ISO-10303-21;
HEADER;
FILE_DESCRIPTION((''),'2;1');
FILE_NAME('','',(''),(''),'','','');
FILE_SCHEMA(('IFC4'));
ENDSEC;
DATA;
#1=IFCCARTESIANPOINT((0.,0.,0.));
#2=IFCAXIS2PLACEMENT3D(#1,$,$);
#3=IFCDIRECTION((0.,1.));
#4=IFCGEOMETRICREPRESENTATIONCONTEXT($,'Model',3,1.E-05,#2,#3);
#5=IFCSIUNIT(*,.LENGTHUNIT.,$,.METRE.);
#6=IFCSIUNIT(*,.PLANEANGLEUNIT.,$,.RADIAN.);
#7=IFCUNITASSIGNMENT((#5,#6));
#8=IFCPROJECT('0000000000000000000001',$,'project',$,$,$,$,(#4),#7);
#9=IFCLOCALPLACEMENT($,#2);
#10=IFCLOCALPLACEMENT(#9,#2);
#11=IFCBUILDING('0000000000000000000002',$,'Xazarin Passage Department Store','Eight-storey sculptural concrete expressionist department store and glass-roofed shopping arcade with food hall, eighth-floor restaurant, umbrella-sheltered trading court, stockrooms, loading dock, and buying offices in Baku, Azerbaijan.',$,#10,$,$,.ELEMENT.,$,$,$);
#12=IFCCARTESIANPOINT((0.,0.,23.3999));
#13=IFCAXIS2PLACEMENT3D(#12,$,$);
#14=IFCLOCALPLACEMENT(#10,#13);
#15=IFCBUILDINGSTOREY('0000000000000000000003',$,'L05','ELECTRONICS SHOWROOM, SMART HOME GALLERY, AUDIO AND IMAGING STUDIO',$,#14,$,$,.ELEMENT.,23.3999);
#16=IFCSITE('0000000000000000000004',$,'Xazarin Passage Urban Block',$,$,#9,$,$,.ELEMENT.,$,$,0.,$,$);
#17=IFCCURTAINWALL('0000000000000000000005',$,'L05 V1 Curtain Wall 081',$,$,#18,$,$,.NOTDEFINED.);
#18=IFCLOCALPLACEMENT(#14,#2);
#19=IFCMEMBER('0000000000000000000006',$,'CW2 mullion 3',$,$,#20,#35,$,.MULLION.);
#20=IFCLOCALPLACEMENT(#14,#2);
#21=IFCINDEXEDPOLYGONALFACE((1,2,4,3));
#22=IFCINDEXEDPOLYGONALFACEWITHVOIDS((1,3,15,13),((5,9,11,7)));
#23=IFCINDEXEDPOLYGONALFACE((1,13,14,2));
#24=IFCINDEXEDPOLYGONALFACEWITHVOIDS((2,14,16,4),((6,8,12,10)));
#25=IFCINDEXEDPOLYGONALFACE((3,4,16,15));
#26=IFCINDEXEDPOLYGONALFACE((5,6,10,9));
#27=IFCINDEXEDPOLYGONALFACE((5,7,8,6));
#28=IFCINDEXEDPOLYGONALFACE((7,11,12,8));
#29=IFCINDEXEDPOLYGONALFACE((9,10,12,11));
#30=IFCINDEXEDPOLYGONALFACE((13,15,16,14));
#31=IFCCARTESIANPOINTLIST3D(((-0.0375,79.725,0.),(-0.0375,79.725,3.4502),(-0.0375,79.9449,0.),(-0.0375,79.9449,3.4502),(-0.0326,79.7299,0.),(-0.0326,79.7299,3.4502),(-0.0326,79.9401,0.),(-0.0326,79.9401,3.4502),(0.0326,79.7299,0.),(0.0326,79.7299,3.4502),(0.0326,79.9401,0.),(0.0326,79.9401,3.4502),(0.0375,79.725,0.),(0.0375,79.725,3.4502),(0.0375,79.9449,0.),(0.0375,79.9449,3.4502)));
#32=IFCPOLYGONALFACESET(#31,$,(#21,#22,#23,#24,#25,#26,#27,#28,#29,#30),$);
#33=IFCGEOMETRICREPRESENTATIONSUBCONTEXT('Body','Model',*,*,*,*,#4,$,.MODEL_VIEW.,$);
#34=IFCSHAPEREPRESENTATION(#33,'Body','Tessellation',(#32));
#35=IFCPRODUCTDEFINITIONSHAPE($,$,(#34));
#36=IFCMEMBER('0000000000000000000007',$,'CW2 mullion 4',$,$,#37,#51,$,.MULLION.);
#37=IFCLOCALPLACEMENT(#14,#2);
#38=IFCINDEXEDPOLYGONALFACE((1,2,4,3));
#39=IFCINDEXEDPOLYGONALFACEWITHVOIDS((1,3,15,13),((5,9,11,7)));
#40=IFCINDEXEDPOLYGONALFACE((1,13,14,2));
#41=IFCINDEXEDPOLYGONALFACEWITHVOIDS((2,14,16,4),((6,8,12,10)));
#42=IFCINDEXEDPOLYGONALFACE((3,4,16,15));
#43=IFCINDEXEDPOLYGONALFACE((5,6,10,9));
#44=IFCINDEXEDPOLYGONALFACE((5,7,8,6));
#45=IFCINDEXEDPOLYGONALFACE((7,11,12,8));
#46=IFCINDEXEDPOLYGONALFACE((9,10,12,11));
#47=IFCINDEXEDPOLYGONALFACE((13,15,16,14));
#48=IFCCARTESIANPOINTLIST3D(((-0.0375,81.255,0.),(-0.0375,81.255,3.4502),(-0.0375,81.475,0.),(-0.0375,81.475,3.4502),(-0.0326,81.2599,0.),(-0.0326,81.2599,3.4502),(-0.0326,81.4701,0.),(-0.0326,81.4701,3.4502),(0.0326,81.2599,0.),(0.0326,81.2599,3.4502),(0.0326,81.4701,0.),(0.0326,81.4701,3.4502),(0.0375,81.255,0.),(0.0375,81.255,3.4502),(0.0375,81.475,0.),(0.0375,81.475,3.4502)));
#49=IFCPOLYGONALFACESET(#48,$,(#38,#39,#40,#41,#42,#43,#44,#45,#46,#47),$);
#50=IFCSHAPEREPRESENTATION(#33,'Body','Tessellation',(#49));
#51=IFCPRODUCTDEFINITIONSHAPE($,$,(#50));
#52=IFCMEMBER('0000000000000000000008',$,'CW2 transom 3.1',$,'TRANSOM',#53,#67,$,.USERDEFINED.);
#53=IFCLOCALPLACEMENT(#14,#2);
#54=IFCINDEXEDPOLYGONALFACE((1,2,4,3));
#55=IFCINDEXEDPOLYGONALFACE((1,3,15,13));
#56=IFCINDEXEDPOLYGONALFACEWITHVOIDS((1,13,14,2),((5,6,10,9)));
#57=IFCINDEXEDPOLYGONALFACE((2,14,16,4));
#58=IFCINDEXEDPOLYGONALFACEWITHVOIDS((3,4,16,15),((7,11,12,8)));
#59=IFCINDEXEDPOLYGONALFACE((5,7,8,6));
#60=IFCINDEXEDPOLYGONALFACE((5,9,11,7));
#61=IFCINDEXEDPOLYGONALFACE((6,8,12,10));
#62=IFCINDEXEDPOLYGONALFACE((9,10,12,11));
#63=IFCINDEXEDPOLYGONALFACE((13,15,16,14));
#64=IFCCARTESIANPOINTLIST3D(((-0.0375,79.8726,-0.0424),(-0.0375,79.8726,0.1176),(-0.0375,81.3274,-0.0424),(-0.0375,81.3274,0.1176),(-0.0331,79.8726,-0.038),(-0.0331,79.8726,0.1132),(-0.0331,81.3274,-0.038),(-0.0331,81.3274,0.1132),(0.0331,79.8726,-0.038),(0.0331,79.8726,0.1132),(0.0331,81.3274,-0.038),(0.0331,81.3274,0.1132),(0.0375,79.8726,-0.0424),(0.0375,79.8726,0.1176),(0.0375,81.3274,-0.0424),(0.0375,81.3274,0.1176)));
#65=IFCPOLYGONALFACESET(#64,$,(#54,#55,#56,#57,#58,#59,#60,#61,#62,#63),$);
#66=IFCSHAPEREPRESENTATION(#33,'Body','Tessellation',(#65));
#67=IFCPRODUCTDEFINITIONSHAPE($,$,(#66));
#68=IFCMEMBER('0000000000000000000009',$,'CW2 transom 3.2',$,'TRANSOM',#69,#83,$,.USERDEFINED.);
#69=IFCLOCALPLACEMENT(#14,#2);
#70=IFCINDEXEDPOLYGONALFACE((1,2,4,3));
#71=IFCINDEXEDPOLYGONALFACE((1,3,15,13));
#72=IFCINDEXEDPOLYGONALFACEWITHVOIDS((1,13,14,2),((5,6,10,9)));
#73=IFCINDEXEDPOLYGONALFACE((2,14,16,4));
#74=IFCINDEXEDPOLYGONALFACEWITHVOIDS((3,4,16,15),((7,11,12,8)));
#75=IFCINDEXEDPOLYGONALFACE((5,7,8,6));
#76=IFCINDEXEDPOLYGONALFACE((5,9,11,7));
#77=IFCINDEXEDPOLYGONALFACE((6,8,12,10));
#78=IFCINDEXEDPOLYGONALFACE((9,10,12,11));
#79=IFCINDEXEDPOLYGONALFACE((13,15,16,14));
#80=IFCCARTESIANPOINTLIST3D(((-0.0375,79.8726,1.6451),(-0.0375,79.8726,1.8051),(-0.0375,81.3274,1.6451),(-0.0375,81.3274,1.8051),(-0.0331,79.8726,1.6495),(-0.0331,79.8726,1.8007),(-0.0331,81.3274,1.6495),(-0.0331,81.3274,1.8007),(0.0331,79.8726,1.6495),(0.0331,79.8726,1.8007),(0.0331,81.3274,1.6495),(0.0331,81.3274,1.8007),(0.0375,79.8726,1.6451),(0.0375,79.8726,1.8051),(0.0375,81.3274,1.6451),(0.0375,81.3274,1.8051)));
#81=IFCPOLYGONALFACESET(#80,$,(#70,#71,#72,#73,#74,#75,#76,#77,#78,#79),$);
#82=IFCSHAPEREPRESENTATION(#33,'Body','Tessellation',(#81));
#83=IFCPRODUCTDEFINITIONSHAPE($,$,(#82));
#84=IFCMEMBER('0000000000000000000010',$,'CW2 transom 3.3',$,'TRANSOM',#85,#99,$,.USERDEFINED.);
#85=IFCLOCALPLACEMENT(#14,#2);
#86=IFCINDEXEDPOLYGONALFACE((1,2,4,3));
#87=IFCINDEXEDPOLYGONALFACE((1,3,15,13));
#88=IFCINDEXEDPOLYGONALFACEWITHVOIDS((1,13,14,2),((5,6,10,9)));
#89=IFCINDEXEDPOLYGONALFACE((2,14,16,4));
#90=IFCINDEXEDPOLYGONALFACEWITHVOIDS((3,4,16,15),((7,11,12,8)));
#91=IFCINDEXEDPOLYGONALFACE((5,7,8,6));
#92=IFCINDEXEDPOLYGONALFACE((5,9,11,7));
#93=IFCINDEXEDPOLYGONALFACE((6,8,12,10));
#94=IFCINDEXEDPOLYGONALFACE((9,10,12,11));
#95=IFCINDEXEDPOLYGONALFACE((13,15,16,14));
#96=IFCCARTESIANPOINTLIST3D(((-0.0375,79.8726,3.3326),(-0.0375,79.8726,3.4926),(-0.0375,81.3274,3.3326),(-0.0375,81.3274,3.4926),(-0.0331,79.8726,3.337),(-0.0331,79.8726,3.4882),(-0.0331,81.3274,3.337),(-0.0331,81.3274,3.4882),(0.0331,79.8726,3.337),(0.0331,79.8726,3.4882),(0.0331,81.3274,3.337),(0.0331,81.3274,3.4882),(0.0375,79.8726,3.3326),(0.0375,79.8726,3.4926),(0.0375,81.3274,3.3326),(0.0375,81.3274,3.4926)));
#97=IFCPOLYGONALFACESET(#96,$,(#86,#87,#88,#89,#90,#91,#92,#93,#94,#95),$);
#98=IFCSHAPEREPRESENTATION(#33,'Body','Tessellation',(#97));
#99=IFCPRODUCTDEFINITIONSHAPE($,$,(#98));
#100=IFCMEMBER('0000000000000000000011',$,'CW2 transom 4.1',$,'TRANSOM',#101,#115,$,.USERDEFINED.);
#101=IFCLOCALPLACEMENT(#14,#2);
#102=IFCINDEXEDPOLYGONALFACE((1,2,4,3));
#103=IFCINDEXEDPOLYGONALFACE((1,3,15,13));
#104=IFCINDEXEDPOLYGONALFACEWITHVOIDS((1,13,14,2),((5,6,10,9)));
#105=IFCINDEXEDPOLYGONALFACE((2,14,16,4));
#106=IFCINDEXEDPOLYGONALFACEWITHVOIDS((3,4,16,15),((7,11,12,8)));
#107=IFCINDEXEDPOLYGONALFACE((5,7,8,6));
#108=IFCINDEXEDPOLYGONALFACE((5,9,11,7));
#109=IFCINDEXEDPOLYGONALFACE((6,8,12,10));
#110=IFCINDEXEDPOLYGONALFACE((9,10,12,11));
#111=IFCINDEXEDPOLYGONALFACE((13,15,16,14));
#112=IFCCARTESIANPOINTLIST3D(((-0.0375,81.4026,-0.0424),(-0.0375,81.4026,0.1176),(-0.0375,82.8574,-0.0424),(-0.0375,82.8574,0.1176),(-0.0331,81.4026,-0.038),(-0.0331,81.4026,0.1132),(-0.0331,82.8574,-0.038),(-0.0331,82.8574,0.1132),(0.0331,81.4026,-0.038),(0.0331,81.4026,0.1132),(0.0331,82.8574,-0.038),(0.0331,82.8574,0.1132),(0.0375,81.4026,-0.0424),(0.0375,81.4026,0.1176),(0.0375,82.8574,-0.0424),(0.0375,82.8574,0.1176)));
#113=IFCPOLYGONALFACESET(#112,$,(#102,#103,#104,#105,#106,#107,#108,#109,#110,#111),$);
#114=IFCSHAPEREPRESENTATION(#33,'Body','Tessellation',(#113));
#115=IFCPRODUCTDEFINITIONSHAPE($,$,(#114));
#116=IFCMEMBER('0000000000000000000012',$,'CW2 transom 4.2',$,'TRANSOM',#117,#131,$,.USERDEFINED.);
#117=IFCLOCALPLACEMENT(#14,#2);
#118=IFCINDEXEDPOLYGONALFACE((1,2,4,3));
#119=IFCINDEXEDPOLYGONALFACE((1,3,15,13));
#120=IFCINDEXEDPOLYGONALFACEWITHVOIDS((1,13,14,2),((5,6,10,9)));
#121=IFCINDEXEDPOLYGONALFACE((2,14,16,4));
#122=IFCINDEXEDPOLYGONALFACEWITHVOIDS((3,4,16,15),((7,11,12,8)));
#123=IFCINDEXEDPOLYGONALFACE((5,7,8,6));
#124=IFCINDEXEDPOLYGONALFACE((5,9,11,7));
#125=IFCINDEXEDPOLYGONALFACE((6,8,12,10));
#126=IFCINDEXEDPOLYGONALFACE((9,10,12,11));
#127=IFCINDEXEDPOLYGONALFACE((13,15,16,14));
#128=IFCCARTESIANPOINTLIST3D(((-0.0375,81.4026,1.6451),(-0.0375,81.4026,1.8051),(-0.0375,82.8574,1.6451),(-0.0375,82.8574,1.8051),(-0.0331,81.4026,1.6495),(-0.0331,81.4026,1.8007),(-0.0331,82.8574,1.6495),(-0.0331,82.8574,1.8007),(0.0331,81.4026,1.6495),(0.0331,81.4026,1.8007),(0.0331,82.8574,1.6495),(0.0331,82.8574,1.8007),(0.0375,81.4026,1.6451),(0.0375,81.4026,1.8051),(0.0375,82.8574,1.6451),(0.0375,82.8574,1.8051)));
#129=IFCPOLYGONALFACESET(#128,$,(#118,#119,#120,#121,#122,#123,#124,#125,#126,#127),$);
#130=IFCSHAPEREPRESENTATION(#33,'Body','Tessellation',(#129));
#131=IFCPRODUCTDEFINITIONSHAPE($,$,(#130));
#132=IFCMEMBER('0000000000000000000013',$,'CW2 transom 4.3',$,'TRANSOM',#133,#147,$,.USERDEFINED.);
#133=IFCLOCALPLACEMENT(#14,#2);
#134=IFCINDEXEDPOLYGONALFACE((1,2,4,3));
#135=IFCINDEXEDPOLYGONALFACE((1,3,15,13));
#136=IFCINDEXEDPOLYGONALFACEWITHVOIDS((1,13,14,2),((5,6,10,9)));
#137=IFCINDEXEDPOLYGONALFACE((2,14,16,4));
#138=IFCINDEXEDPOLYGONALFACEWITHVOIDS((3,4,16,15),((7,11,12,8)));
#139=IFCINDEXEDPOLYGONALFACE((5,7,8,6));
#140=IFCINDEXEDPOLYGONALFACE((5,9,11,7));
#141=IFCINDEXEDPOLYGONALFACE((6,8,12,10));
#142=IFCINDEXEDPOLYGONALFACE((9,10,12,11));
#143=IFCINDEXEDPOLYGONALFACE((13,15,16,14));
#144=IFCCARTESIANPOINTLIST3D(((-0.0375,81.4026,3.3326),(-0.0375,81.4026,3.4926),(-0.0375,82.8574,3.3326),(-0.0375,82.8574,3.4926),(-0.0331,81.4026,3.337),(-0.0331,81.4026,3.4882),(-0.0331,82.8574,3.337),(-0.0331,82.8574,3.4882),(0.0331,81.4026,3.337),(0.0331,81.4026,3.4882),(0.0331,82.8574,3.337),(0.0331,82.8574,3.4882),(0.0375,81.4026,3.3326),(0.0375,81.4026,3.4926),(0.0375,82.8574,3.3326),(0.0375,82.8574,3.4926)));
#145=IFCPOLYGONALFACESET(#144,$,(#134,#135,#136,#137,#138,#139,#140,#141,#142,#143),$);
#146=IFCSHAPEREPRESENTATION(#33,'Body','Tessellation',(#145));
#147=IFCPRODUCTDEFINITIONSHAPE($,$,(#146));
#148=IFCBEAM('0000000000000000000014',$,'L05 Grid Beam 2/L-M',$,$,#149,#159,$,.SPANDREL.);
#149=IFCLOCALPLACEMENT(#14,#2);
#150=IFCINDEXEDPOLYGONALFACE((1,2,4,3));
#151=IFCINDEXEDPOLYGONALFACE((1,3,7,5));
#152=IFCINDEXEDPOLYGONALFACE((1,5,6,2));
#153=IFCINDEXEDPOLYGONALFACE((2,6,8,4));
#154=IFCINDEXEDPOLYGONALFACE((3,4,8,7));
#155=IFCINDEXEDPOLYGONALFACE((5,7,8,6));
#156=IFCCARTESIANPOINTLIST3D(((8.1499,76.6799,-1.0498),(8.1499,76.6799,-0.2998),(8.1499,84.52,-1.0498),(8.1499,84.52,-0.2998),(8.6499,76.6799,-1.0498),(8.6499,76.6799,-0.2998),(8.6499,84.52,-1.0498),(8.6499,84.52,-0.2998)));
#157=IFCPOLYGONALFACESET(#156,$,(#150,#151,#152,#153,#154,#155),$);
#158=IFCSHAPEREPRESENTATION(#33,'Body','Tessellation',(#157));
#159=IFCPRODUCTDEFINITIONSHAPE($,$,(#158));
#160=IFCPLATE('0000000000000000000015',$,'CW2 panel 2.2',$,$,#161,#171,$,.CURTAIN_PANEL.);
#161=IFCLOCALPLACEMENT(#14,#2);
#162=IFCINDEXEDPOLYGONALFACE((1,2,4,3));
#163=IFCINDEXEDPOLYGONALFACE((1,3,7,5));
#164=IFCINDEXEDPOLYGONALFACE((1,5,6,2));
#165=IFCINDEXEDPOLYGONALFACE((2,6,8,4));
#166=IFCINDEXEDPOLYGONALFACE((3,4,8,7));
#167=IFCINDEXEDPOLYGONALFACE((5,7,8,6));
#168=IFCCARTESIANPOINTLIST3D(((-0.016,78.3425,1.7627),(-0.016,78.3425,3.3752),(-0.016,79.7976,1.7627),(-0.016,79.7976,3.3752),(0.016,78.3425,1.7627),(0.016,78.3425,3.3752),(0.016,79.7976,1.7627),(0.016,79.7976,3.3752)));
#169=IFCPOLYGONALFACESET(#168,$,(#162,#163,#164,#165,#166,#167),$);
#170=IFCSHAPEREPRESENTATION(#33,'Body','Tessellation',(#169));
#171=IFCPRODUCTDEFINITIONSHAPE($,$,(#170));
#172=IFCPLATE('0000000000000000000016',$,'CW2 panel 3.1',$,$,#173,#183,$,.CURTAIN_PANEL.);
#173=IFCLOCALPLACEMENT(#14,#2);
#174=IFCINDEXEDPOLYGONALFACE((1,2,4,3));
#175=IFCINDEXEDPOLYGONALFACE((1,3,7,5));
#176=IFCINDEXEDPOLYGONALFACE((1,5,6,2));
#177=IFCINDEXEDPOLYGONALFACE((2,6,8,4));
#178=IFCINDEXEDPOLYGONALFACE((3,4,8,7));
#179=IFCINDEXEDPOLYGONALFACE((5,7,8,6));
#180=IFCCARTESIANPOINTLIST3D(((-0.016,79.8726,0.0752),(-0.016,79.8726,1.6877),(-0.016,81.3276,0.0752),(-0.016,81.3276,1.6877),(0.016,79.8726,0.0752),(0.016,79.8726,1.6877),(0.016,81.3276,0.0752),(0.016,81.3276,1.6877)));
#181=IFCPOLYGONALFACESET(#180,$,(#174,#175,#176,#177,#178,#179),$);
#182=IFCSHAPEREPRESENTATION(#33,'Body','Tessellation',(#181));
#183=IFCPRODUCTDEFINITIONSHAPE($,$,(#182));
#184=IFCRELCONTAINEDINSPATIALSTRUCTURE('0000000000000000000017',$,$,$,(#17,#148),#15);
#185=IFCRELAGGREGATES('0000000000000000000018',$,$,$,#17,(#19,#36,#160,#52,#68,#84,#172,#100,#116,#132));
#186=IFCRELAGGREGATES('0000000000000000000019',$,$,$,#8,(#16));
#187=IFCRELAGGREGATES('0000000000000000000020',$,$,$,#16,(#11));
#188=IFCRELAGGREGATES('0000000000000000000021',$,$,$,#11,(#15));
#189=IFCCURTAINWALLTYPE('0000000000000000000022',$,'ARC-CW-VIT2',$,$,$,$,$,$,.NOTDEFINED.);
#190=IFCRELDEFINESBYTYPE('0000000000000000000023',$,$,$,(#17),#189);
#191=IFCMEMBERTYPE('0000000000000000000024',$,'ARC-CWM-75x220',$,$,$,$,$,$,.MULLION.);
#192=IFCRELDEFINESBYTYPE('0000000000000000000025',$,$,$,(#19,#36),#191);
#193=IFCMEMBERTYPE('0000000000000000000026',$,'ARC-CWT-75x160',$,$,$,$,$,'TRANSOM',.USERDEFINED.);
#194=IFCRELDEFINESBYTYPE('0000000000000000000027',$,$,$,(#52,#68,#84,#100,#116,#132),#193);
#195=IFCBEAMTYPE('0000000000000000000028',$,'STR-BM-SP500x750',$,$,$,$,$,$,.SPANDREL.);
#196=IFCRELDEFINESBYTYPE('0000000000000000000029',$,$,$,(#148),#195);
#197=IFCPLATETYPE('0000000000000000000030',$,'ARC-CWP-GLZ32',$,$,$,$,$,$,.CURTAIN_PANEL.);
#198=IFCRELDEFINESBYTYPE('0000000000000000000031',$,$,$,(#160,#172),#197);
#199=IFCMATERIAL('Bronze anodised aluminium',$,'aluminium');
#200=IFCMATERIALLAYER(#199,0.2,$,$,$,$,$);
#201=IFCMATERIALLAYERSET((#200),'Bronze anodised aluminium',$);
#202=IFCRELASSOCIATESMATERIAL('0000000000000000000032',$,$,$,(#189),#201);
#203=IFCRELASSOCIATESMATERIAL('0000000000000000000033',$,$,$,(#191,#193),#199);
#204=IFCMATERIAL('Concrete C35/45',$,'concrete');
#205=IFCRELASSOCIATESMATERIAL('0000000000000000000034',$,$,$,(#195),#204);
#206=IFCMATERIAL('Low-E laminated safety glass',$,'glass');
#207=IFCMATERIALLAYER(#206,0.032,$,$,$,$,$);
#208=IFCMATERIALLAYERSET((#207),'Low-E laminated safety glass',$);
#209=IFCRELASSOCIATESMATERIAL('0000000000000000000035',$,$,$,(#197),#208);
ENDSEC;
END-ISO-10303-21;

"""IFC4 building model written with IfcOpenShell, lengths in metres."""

from ifc_helpers import new_model, si_unit, direction, frame, origin, origin_2d, place, context, subcontext, project, spatial, rectangle, hollow_rectangle, extrude, material, layer, layer_set, material_profile, profile_set, type_object, element, aggregate, save


model = new_model("IFC4")

# Units and contexts
model_context = context("Model", 3, precision=1e-05, world=origin(), true_north=direction((0.0, 1.0)))
body_context = subcontext(model_context, "Body", "Model", "MODEL_VIEW")
ifc_project = project(units=[si_unit("LENGTHUNIT", "METRE"), si_unit("PLANEANGLEUNIT", "RADIAN")], contexts=[model_context])

# Site, building, storey
site_placement = place(None, origin())
site = spatial("IfcSite", under=ifc_project, at=site_placement, Name="Xazarin Passage Urban Block", CompositionType="ELEMENT", RefElevation=0.0)
building_placement = place(site_placement, origin())
building = spatial("IfcBuilding", under=site, at=building_placement, Name="Xazarin Passage Department Store", Description="Eight-storey sculptural concrete expressionist department store and glass-roofed shopping arcade with food hall, eighth-floor restaurant, umbrella-sheltered trading court, stockrooms, loading dock, and buying offices in Baku, Azerbaijan.", CompositionType="ELEMENT")
storey_placement = place(building_placement, frame((0.0, 0.0, 23.3999)))
storey = spatial("IfcBuildingStorey", under=building, at=storey_placement, Name="L05", Description="ELECTRONICS SHOWROOM, SMART HOME GALLERY, AUDIO AND IMAGING STUDIO", CompositionType="ELEMENT", Elevation=23.3999)

# Curtain wall, members
ifc_material_1 = material(Name="Bronze anodised aluminium", Category="aluminium")
ifc_layer_1 = layer(ifc_material_1, 0.2)
ifc_layer_set_1 = layer_set([ifc_layer_1], Name="Bronze anodised aluminium")
curtain_wall_type = type_object("IfcCurtainWallType", Name="ARC-CW-VIT2", PredefinedType="NOTDEFINED", material=ifc_layer_set_1)
curtain_wall_placement = place(storey_placement, origin())
curtain_wall = element("IfcCurtainWall", 1, at=curtain_wall_placement, inside=storey, type_object=curtain_wall_type, Name="L05 V1 Curtain Wall 081", PredefinedType="NOTDEFINED")
ifc_material_profile_1 = material_profile(ifc_material_1, hollow_rectangle(XDim=0.075, YDim=0.22, WallThickness=0.0049, at=origin_2d()), Name="ALU 75x220")
ifc_profile_set_1 = profile_set([ifc_material_profile_1], Name="Bronze anodised aluminium")
member_type_1 = type_object("IfcMemberType", Name="ARC-CWM-75x220", PredefinedType="MULLION", material=ifc_profile_set_1)
member_1_placement = place(storey_placement, frame((0.0, 79.835, 0.0), z_axis=(0.0, 0.0, 1.0), x_axis=(-1.0, 0.0, 0.0)))
member_1 = element("IfcMember", 2, at=member_1_placement, type_object=member_type_1, Name="CW2 mullion 3", PredefinedType="MULLION", context=body_context, shape_type="SweptSolid", body=[
    extrude(hollow_rectangle(XDim=0.075, YDim=0.22, WallThickness=0.0049, at=origin_2d()), origin(), (0.0, 0.0, 1.0), 3.4502),
])
member_2_placement = place(storey_placement, frame((0.0, 81.365, 0.0), z_axis=(0.0, 0.0, 1.0), x_axis=(-1.0, 0.0, 0.0)))
member_2 = element("IfcMember", 3, at=member_2_placement, type_object=member_type_1, Name="CW2 mullion 4", PredefinedType="MULLION", context=body_context, shape_type="SweptSolid", body=[
    extrude(hollow_rectangle(XDim=0.075, YDim=0.22, WallThickness=0.0049, at=origin_2d()), origin(), (0.0, 0.0, 1.0), 3.4502),
])
ifc_material_profile_2 = material_profile(ifc_material_1, hollow_rectangle(XDim=0.075, YDim=0.1599, WallThickness=0.0044, at=origin_2d()), Name="ALU 75x160")
ifc_profile_set_2 = profile_set([ifc_material_profile_2], Name="Bronze anodised aluminium")
member_type_2 = type_object("IfcMemberType", Name="ARC-CWT-75x160", ElementType="TRANSOM", PredefinedType="USERDEFINED", material=ifc_profile_set_2)
member_3_placement = place(storey_placement, frame((0.0, 79.8726, 0.0376), z_axis=(0.0, 1.0, 0.0), x_axis=(-1.0, 0.0, 0.0)))
member_3 = element("IfcMember", 4, at=member_3_placement, type_object=member_type_2, Name="CW2 transom 3.1", ObjectType="TRANSOM", PredefinedType="USERDEFINED", context=body_context, shape_type="SweptSolid", body=[
    extrude(hollow_rectangle(XDim=0.075, YDim=0.1599, WallThickness=0.0044, at=origin_2d()), origin(), (0.0, 0.0, 1.0), 1.4548),
])
member_4_placement = place(storey_placement, frame((0.0, 79.8726, 1.7251), z_axis=(0.0, 1.0, 0.0), x_axis=(-1.0, 0.0, 0.0)))
member_4 = element("IfcMember", 5, at=member_4_placement, type_object=member_type_2, Name="CW2 transom 3.2", ObjectType="TRANSOM", PredefinedType="USERDEFINED", context=body_context, shape_type="SweptSolid", body=[
    extrude(hollow_rectangle(XDim=0.075, YDim=0.1599, WallThickness=0.0044, at=origin_2d()), origin(), (0.0, 0.0, 1.0), 1.4548),
])
member_5_placement = place(storey_placement, frame((0.0, 79.8726, 3.4126), z_axis=(0.0, 1.0, 0.0), x_axis=(-1.0, 0.0, 0.0)))
member_5 = element("IfcMember", 6, at=member_5_placement, type_object=member_type_2, Name="CW2 transom 3.3", ObjectType="TRANSOM", PredefinedType="USERDEFINED", context=body_context, shape_type="SweptSolid", body=[
    extrude(hollow_rectangle(XDim=0.075, YDim=0.1599, WallThickness=0.0044, at=origin_2d()), origin(), (0.0, 0.0, 1.0), 1.4548),
])
member_6_placement = place(storey_placement, frame((0.0, 81.4026, 0.0376), z_axis=(0.0, 1.0, 0.0), x_axis=(-1.0, 0.0, 0.0)))
member_6 = element("IfcMember", 7, at=member_6_placement, type_object=member_type_2, Name="CW2 transom 4.1", ObjectType="TRANSOM", PredefinedType="USERDEFINED", context=body_context, shape_type="SweptSolid", body=[
    extrude(hollow_rectangle(XDim=0.075, YDim=0.1599, WallThickness=0.0044, at=origin_2d()), origin(), (0.0, 0.0, 1.0), 1.4548),
])
member_7_placement = place(storey_placement, frame((0.0, 81.4026, 1.7251), z_axis=(0.0, 1.0, 0.0), x_axis=(-1.0, 0.0, 0.0)))
member_7 = element("IfcMember", 8, at=member_7_placement, type_object=member_type_2, Name="CW2 transom 4.2", ObjectType="TRANSOM", PredefinedType="USERDEFINED", context=body_context, shape_type="SweptSolid", body=[
    extrude(hollow_rectangle(XDim=0.075, YDim=0.1599, WallThickness=0.0044, at=origin_2d()), origin(), (0.0, 0.0, 1.0), 1.4548),
])
member_8_placement = place(storey_placement, frame((0.0, 81.4026, 3.4126), z_axis=(0.0, 1.0, 0.0), x_axis=(-1.0, 0.0, 0.0)))
member_8 = element("IfcMember", 9, at=member_8_placement, type_object=member_type_2, Name="CW2 transom 4.3", ObjectType="TRANSOM", PredefinedType="USERDEFINED", context=body_context, shape_type="SweptSolid", body=[
    extrude(hollow_rectangle(XDim=0.075, YDim=0.1599, WallThickness=0.0044, at=origin_2d()), origin(), (0.0, 0.0, 1.0), 1.4548),
])

# Beam
ifc_material_2 = material(Name="Concrete C35/45", Category="concrete")
ifc_material_profile_3 = material_profile(ifc_material_2, rectangle(XDim=0.5, YDim=0.75, at=origin_2d()), Name="RC 500x750")
ifc_profile_set_3 = profile_set([ifc_material_profile_3], Name="Concrete C35/45")
beam_type = type_object("IfcBeamType", Name="STR-BM-SP500x750", PredefinedType="SPANDREL", material=ifc_profile_set_3)
beam_placement = place(storey_placement, frame((8.3999, 76.6799, -0.6748), z_axis=(0.0, 1.0, 0.0), x_axis=(-1.0, 0.0, 0.0)))
element("IfcBeam", 10, at=beam_placement, inside=storey, type_object=beam_type, Name="L05 Grid Beam 2/L-M", PredefinedType="SPANDREL", context=body_context, shape_type="SweptSolid", body=[
    extrude(rectangle(XDim=0.5, YDim=0.75, at=origin_2d()), origin(), (0.0, 0.0, 1.0), 7.8401),
])

# Plates
ifc_material_3 = material(Name="Low-E laminated safety glass", Category="glass")
ifc_layer_2 = layer(ifc_material_3, 0.032)
ifc_layer_set_2 = layer_set([ifc_layer_2], Name="Low-E laminated safety glass")
plate_type = type_object("IfcPlateType", Name="ARC-CWP-GLZ32", PredefinedType="CURTAIN_PANEL", material=ifc_layer_set_2)
plate_1_placement = place(storey_placement, frame((0.0, 79.0701, 1.7627), z_axis=(0.0, 0.0, 1.0), x_axis=(0.0, 1.0, 0.0)))
plate_1 = element("IfcPlate", 11, at=plate_1_placement, type_object=plate_type, Name="CW2 panel 2.2", PredefinedType="CURTAIN_PANEL", context=body_context, shape_type="SweptSolid", body=[
    extrude(rectangle(XDim=1.4551, YDim=0.032, at=origin_2d()), origin(), (0.0, 0.0, 1.0), 1.6125),
])
plate_2_placement = place(storey_placement, frame((0.0, 80.6001, 0.0752), z_axis=(0.0, 0.0, 1.0), x_axis=(0.0, 1.0, 0.0)))
plate_2 = element("IfcPlate", 12, at=plate_2_placement, type_object=plate_type, Name="CW2 panel 3.1", PredefinedType="CURTAIN_PANEL", context=body_context, shape_type="SweptSolid", body=[
    extrude(rectangle(XDim=1.4551, YDim=0.032, at=origin_2d()), origin(), (0.0, 0.0, 1.0), 1.6125),
])
aggregate(curtain_wall, [member_1, member_2, plate_1, member_3, member_4, member_5, plate_2, member_6, member_7, member_8])

save(model, "model.ifc")
